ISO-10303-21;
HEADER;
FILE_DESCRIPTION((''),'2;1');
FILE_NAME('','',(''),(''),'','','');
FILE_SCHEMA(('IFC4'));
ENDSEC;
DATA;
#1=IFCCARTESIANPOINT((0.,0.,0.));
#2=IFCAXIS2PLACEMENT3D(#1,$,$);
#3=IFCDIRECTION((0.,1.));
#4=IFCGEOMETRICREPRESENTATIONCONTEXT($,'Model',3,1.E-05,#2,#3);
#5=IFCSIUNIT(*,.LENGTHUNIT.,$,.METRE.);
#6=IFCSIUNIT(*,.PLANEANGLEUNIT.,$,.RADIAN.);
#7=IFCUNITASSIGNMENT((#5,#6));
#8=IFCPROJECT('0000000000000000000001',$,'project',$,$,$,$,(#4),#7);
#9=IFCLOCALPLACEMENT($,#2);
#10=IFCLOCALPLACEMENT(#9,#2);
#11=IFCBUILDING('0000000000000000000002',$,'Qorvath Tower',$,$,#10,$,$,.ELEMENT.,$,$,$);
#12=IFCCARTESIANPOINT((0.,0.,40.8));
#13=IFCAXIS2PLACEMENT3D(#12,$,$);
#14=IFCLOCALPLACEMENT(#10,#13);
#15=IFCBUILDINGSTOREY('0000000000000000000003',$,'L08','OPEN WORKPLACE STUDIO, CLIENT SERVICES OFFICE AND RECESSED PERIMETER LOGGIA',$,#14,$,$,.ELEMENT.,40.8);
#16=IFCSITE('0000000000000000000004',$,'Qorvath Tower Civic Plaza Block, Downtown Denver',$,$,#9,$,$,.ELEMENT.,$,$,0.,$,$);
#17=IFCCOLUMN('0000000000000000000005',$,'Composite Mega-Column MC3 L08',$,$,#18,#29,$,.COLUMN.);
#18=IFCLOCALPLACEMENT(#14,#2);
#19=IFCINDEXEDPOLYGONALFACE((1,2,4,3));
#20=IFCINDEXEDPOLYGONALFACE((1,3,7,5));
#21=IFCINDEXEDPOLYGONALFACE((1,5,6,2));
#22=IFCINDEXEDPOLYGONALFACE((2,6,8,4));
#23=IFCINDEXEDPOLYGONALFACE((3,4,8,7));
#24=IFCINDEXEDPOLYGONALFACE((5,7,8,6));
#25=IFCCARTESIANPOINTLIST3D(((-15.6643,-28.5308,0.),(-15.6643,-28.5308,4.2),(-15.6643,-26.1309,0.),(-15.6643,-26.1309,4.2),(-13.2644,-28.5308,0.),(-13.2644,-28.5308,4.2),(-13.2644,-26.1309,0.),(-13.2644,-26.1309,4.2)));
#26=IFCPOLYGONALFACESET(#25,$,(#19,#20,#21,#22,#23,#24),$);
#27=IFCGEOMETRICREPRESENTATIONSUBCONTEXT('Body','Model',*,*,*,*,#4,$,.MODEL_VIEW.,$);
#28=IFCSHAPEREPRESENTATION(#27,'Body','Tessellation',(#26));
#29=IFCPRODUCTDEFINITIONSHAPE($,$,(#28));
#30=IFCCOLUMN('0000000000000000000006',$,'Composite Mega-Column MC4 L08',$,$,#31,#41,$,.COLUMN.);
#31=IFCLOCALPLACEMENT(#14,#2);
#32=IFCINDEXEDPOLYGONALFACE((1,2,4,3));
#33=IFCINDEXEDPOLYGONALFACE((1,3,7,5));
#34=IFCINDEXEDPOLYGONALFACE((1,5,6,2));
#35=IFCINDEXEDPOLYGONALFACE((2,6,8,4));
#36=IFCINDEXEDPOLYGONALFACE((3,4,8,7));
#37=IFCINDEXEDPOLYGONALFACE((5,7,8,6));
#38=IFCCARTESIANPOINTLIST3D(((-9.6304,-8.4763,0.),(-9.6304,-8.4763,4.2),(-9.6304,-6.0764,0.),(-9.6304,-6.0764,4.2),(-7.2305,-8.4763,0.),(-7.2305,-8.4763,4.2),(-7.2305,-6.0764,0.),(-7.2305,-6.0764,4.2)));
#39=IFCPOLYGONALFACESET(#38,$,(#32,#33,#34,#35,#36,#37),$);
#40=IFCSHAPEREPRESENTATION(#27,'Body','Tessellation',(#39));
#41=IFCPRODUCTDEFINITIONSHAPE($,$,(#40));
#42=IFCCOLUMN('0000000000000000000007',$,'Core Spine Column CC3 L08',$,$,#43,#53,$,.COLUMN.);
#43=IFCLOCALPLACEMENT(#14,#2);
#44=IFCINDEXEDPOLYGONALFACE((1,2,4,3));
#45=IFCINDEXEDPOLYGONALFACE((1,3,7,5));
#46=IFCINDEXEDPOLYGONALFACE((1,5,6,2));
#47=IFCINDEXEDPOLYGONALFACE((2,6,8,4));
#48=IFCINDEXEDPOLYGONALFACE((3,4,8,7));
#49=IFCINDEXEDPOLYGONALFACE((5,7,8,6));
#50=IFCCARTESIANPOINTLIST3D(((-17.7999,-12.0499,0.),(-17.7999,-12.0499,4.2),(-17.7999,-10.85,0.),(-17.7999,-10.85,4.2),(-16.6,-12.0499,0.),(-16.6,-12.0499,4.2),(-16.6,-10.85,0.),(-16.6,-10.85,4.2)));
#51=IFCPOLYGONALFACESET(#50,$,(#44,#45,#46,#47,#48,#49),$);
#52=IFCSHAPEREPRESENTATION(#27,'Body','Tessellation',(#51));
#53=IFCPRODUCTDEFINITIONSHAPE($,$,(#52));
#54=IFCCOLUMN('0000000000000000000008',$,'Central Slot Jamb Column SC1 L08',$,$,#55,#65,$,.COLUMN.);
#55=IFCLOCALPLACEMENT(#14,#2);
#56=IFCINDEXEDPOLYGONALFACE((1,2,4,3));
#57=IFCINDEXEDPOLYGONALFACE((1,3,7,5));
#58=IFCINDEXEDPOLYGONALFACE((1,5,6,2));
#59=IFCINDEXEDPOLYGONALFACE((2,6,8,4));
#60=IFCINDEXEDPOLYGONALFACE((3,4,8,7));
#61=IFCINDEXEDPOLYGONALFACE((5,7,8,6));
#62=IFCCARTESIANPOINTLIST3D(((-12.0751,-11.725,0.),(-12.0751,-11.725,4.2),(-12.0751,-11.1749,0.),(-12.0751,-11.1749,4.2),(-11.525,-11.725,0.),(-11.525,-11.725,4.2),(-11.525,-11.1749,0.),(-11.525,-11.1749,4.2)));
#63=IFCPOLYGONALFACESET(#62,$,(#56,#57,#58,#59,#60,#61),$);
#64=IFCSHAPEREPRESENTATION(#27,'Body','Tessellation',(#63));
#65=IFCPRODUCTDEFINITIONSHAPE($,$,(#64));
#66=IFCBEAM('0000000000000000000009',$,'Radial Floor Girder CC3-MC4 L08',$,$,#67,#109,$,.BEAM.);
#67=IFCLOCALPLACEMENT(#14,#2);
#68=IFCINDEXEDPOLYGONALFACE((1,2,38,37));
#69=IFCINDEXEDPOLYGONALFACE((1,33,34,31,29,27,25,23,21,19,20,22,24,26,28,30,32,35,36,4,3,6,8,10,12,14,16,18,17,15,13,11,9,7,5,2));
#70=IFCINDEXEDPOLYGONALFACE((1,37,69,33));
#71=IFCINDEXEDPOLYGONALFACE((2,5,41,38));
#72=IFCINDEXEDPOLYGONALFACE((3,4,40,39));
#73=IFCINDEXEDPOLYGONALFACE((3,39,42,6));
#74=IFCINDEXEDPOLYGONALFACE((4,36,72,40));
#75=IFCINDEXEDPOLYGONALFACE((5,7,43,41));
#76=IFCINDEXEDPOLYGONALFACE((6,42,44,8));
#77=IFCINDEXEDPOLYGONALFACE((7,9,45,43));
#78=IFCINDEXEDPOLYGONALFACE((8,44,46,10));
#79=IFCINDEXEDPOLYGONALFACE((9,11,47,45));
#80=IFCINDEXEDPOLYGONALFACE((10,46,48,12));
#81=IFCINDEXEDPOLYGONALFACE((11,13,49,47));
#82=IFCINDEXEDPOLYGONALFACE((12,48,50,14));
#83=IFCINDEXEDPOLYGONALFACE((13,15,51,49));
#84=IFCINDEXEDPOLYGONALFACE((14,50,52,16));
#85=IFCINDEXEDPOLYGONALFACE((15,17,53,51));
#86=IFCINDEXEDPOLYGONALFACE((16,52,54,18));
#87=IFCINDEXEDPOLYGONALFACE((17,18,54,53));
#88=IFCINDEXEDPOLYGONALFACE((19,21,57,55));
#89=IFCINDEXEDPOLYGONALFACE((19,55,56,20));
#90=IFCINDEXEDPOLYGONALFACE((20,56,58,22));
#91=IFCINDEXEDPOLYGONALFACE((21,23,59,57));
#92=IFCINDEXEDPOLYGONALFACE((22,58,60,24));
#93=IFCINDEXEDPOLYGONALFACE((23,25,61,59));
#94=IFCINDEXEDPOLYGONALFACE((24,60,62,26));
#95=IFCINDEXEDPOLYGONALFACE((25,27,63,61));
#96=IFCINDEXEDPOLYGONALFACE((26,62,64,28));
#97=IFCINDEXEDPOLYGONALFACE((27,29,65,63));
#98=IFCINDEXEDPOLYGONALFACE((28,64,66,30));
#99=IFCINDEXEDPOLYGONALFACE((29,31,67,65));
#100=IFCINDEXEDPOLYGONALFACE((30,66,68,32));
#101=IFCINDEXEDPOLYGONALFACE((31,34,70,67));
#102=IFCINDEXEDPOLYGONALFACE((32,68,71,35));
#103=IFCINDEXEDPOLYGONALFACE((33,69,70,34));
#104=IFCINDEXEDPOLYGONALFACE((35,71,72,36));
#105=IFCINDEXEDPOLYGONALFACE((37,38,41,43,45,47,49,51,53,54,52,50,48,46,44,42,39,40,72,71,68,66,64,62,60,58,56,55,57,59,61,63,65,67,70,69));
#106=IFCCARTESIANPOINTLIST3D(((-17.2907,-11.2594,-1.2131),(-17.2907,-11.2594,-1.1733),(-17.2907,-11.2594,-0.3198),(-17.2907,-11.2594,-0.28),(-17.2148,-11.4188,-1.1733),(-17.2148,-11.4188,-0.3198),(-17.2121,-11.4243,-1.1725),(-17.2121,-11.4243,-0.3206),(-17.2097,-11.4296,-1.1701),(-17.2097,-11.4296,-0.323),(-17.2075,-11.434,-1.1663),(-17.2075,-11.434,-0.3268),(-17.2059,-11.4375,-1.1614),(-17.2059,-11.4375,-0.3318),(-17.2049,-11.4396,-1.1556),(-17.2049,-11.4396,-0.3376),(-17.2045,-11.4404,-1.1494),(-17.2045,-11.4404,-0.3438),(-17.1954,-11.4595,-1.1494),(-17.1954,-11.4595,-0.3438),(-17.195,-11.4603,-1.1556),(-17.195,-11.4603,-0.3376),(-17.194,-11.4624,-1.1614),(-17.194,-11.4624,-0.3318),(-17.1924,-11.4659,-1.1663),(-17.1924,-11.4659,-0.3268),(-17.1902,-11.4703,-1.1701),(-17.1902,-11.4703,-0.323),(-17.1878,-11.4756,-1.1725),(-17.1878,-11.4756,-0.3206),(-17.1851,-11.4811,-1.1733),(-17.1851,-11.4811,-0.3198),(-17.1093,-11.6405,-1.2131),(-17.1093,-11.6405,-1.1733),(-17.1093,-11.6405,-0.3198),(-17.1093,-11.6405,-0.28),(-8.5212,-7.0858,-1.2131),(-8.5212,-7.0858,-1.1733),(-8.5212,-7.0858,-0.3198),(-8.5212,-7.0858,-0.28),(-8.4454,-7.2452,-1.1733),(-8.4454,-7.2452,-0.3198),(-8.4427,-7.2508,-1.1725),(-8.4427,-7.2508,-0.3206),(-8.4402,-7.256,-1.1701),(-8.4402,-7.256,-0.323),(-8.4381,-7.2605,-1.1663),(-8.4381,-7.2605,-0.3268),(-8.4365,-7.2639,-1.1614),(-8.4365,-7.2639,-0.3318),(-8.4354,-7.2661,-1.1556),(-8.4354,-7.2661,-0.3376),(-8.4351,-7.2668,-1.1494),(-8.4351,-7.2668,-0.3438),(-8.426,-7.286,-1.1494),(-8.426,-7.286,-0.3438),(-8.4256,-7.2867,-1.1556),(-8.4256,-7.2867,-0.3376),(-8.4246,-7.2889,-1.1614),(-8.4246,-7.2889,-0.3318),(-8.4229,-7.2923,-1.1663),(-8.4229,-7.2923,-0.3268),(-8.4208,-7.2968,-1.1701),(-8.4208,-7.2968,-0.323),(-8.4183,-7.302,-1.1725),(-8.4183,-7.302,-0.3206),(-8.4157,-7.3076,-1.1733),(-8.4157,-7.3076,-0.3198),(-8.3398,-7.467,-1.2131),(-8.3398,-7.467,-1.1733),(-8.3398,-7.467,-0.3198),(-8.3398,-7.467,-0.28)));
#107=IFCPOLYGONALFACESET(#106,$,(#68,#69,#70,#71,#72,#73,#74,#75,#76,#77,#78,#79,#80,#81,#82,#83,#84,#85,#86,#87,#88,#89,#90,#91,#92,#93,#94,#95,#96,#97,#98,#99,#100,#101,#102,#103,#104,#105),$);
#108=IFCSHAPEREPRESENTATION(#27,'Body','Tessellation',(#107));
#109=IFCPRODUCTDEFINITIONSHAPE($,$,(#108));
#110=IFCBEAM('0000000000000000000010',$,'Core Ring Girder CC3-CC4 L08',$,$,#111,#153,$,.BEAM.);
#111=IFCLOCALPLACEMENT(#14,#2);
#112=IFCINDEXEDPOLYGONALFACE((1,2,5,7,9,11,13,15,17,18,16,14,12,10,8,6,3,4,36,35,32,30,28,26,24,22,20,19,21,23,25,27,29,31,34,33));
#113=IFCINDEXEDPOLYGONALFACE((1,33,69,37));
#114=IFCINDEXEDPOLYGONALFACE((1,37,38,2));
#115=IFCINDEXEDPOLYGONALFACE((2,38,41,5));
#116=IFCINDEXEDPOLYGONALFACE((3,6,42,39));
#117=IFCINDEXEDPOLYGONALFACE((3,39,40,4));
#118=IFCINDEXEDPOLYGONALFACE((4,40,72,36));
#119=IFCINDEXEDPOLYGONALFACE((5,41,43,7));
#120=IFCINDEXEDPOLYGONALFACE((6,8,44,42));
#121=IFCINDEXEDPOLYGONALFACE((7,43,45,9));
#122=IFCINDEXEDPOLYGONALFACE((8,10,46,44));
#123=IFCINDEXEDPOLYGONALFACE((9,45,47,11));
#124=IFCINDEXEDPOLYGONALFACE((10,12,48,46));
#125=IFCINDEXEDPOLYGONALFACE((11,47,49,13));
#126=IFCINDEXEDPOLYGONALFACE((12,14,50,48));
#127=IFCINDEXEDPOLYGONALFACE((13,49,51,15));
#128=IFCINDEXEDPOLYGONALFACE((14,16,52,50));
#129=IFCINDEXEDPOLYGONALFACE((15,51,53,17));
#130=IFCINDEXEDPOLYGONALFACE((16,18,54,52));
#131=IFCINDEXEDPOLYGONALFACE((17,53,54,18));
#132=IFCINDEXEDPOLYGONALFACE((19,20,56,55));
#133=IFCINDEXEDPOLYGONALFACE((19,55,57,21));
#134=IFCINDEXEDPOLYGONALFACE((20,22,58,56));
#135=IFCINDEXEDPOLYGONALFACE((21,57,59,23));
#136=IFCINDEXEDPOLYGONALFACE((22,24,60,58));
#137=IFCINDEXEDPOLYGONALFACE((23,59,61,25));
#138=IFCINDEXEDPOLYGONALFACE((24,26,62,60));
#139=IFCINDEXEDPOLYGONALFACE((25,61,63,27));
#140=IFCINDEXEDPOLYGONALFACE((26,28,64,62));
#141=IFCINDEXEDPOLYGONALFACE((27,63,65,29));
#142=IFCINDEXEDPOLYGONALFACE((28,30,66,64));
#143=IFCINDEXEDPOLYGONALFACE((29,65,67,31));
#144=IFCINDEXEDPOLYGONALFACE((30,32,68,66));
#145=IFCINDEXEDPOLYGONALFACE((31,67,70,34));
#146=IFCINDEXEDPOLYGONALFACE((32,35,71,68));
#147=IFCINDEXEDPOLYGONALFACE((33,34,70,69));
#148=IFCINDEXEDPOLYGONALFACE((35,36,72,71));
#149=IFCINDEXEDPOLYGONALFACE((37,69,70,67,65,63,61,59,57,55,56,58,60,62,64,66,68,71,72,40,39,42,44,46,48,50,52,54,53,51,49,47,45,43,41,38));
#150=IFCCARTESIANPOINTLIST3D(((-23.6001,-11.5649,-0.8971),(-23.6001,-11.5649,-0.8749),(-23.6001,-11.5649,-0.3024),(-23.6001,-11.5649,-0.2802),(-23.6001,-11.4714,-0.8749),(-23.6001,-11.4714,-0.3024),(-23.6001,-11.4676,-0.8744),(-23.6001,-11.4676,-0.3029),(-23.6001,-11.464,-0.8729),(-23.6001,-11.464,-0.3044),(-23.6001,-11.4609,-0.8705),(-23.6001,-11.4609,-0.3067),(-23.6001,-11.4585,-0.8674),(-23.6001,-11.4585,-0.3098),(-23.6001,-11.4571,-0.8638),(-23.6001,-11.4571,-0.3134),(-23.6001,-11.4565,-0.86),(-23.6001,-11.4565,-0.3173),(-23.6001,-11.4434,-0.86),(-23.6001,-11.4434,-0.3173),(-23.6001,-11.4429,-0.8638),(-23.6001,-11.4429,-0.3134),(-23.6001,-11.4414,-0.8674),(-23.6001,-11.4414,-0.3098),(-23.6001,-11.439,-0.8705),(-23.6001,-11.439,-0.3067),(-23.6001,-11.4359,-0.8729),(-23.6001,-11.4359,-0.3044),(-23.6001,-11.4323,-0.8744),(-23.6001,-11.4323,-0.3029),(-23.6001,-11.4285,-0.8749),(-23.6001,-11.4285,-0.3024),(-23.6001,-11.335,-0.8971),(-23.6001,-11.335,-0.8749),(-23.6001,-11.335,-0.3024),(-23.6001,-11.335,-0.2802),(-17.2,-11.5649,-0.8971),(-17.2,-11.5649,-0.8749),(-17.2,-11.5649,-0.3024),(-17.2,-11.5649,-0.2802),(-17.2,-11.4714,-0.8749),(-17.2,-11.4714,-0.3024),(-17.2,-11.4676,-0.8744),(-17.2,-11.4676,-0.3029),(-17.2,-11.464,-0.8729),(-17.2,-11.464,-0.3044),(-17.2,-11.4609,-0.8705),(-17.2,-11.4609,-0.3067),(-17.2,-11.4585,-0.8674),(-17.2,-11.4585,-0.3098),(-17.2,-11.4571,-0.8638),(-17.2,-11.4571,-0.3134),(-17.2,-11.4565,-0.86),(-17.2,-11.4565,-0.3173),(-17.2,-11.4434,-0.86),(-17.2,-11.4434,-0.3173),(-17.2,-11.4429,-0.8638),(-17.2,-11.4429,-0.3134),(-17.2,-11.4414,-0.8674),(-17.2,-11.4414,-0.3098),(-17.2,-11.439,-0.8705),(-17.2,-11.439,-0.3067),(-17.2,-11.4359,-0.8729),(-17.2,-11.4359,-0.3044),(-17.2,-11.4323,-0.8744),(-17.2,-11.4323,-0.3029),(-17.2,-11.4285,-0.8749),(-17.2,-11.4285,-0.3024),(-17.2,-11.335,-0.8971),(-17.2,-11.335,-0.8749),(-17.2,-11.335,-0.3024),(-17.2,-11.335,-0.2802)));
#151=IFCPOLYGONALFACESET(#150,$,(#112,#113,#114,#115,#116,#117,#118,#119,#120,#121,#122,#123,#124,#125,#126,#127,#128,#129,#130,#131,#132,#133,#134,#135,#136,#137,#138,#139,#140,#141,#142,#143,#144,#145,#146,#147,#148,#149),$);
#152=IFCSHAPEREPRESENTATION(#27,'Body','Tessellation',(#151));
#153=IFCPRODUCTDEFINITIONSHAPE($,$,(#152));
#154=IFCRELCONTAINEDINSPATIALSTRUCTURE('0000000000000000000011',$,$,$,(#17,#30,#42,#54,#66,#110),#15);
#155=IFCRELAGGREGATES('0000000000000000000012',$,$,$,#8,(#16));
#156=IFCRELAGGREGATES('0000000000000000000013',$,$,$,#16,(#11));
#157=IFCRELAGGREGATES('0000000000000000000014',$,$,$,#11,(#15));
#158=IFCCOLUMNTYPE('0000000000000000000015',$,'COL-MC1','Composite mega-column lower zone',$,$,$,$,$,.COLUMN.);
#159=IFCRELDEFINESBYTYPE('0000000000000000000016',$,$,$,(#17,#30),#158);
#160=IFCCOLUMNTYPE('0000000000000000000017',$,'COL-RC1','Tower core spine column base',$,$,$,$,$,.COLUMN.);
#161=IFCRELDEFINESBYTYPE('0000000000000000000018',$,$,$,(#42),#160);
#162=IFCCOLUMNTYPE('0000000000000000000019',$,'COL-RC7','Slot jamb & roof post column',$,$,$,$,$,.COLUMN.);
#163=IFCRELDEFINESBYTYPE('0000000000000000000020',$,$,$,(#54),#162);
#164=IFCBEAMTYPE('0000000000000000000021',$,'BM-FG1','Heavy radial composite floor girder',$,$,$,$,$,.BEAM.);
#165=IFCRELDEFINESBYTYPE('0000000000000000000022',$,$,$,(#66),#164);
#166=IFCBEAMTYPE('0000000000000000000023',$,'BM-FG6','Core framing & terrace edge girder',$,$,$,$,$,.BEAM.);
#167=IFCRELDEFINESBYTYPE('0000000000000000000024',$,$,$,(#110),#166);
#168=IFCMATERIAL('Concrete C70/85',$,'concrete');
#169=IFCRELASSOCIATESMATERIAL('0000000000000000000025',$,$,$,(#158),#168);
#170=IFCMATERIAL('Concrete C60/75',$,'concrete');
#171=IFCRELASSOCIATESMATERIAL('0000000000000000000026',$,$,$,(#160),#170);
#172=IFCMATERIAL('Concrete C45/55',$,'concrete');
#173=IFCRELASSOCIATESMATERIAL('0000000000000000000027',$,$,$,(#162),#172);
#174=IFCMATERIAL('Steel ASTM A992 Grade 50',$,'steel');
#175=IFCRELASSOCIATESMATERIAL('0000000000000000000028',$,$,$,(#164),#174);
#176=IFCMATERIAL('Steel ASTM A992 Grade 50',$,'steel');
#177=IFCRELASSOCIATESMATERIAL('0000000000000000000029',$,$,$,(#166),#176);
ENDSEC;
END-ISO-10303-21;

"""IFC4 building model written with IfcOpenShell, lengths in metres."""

from ifc_helpers import new_model, si_unit, direction, frame, origin, origin_2d, place, context, subcontext, project, spatial, rectangle, i_section, extrude, material, material_profile, profile_set, type_object, element, save


model = new_model("IFC4")

# Units and contexts
model_context = context("Model", 3, precision=1e-05, world=origin(), true_north=direction((0.0, 1.0)))
body_context = subcontext(model_context, "Body", "Model", "MODEL_VIEW")
ifc_project = project(units=[si_unit("LENGTHUNIT", "METRE"), si_unit("PLANEANGLEUNIT", "RADIAN")], contexts=[model_context])

# Site, building, storey
site_placement = place(None, origin())
site = spatial("IfcSite", under=ifc_project, at=site_placement, Name="Qorvath Tower Civic Plaza Block, Downtown Denver", CompositionType="ELEMENT", RefElevation=0.0)
building_placement = place(site_placement, origin())
building = spatial("IfcBuilding", under=site, at=building_placement, Name="Qorvath Tower", CompositionType="ELEMENT")
storey_placement = place(building_placement, frame((0.0, 0.0, 40.8)))
storey = spatial("IfcBuildingStorey", under=building, at=storey_placement, Name="L08", Description="OPEN WORKPLACE STUDIO, CLIENT SERVICES OFFICE AND RECESSED PERIMETER LOGGIA", CompositionType="ELEMENT", Elevation=40.8)

# Columns
ifc_material_1 = material(Name="Concrete C70/85", Category="concrete")
ifc_material_profile_1 = material_profile(ifc_material_1, rectangle(XDim=2.3999, YDim=2.3999, at=origin_2d()), Name="MC 2400x2400")
ifc_profile_set_1 = profile_set([ifc_material_profile_1], Name="Concrete C70/85")
column_type_1 = type_object("IfcColumnType", Name="COL-MC1", Description="Composite mega-column lower zone", PredefinedType="COLUMN", material=ifc_profile_set_1)
for number, where, z_axis, x_axis, name in (
    (1, (-14.4644, -27.3308, 0.0), (0.0, 0.0, 1.0), (1.0, 0.0, 0.0), "Composite Mega-Column MC3 L08"),
    (2, (-8.4304, -7.2764, 0.0), (0.0, 0.0, 1.0), (1.0, 0.0, 0.0), "Composite Mega-Column MC4 L08"),
):
    element("IfcColumn", number, at=place(storey_placement, frame(where, z_axis=z_axis, x_axis=x_axis)), inside=storey, type_object=column_type_1, Name=name, PredefinedType="COLUMN", context=body_context, shape_type="SweptSolid", body=[
        extrude(rectangle(XDim=2.3999, YDim=2.3999, at=origin_2d()), origin(), (0.0, 0.0, 1.0), 4.2),
    ])
ifc_material_2 = material(Name="Concrete C60/75", Category="concrete")
ifc_material_profile_2 = material_profile(ifc_material_2, rectangle(XDim=1.2, YDim=1.2, at=origin_2d()), Name="RC 1200x1200")
ifc_profile_set_2 = profile_set([ifc_material_profile_2], Name="Concrete C60/75")
column_type_2 = type_object("IfcColumnType", Name="COL-RC1", Description="Tower core spine column base", PredefinedType="COLUMN", material=ifc_profile_set_2)
column_1_placement = place(storey_placement, frame((-17.2, -11.45, 0.0), z_axis=(0.0, 0.0, 1.0), x_axis=(1.0, 0.0, 0.0)))
element("IfcColumn", 3, at=column_1_placement, inside=storey, type_object=column_type_2, Name="Core Spine Column CC3 L08", PredefinedType="COLUMN", context=body_context, shape_type="SweptSolid", body=[
    extrude(rectangle(XDim=1.2, YDim=1.2, at=origin_2d()), origin(), (0.0, 0.0, 1.0), 4.2),
])
ifc_material_3 = material(Name="Concrete C45/55", Category="concrete")
ifc_material_profile_3 = material_profile(ifc_material_3, rectangle(XDim=0.55, YDim=0.55, at=origin_2d()), Name="RC 550x550")
ifc_profile_set_3 = profile_set([ifc_material_profile_3], Name="Concrete C45/55")
column_type_3 = type_object("IfcColumnType", Name="COL-RC7", Description="Slot jamb & roof post column", PredefinedType="COLUMN", material=ifc_profile_set_3)
column_2_placement = place(storey_placement, frame((-11.8, -11.45, 0.0), z_axis=(0.0, 0.0, 1.0), x_axis=(1.0, 0.0, 0.0)))
element("IfcColumn", 4, at=column_2_placement, inside=storey, type_object=column_type_3, Name="Central Slot Jamb Column SC1 L08", PredefinedType="COLUMN", context=body_context, shape_type="SweptSolid", body=[
    extrude(rectangle(XDim=0.55, YDim=0.55, at=origin_2d()), origin(), (0.0, 0.0, 1.0), 4.2),
])

# Beams
ifc_material_4 = material(Name="Steel ASTM A992 Grade 50", Category="steel")
ifc_material_profile_4 = material_profile(ifc_material_4, i_section(OverallWidth=0.4221, OverallDepth=0.9331, WebThickness=0.0212, FlangeThickness=0.0398, FilletRadius=0.0239, at=origin_2d()), Name="W36x262")
ifc_profile_set_4 = profile_set([ifc_material_profile_4], Name="Steel ASTM A992 Grade 50")
beam_type_1 = type_object("IfcBeamType", Name="BM-FG1", Description="Heavy radial composite floor girder", PredefinedType="BEAM", material=ifc_profile_set_4)
beam_1_placement = place(storey_placement, frame((-17.2, -11.45, -0.7466), z_axis=(0.902956, 0.429734, 0.0), x_axis=(-0.429734, 0.902956, 0.0)))
element("IfcBeam", 5, at=beam_1_placement, inside=storey, type_object=beam_type_1, Name="Radial Floor Girder CC3-MC4 L08", PredefinedType="BEAM", context=body_context, shape_type="SweptSolid", body=[
    extrude(i_section(OverallWidth=0.4221, OverallDepth=0.9331, WebThickness=0.0212, FlangeThickness=0.0398, FilletRadius=0.0239, at=origin_2d()), origin(), (0.0, 0.0, 1.0), 9.7119),
])
ifc_material_5 = material(Name="Steel ASTM A992 Grade 50", Category="steel")
ifc_material_profile_5 = material_profile(ifc_material_5, i_section(OverallWidth=0.23, OverallDepth=0.6169, WebThickness=0.0132, FlangeThickness=0.0222, FilletRadius=0.0149, at=origin_2d()), Name="W24x94")
ifc_profile_set_5 = profile_set([ifc_material_profile_5], Name="Steel ASTM A992 Grade 50")
beam_type_2 = type_object("IfcBeamType", Name="BM-FG6", Description="Core framing & terrace edge girder", PredefinedType="BEAM", material=ifc_profile_set_5)
beam_2_placement = place(storey_placement, frame((-17.2, -11.45, -0.5886), z_axis=(-1.0, 0.0, 0.0), x_axis=(0.0, -1.0, 0.0)))
element("IfcBeam", 6, at=beam_2_placement, inside=storey, type_object=beam_type_2, Name="Core Ring Girder CC3-CC4 L08", PredefinedType="BEAM", context=body_context, shape_type="SweptSolid", body=[
    extrude(i_section(OverallWidth=0.23, OverallDepth=0.6169, WebThickness=0.0132, FlangeThickness=0.0222, FilletRadius=0.0149, at=origin_2d()), origin(), (0.0, 0.0, 1.0), 6.4001),
])

save(model, "model.ifc")
